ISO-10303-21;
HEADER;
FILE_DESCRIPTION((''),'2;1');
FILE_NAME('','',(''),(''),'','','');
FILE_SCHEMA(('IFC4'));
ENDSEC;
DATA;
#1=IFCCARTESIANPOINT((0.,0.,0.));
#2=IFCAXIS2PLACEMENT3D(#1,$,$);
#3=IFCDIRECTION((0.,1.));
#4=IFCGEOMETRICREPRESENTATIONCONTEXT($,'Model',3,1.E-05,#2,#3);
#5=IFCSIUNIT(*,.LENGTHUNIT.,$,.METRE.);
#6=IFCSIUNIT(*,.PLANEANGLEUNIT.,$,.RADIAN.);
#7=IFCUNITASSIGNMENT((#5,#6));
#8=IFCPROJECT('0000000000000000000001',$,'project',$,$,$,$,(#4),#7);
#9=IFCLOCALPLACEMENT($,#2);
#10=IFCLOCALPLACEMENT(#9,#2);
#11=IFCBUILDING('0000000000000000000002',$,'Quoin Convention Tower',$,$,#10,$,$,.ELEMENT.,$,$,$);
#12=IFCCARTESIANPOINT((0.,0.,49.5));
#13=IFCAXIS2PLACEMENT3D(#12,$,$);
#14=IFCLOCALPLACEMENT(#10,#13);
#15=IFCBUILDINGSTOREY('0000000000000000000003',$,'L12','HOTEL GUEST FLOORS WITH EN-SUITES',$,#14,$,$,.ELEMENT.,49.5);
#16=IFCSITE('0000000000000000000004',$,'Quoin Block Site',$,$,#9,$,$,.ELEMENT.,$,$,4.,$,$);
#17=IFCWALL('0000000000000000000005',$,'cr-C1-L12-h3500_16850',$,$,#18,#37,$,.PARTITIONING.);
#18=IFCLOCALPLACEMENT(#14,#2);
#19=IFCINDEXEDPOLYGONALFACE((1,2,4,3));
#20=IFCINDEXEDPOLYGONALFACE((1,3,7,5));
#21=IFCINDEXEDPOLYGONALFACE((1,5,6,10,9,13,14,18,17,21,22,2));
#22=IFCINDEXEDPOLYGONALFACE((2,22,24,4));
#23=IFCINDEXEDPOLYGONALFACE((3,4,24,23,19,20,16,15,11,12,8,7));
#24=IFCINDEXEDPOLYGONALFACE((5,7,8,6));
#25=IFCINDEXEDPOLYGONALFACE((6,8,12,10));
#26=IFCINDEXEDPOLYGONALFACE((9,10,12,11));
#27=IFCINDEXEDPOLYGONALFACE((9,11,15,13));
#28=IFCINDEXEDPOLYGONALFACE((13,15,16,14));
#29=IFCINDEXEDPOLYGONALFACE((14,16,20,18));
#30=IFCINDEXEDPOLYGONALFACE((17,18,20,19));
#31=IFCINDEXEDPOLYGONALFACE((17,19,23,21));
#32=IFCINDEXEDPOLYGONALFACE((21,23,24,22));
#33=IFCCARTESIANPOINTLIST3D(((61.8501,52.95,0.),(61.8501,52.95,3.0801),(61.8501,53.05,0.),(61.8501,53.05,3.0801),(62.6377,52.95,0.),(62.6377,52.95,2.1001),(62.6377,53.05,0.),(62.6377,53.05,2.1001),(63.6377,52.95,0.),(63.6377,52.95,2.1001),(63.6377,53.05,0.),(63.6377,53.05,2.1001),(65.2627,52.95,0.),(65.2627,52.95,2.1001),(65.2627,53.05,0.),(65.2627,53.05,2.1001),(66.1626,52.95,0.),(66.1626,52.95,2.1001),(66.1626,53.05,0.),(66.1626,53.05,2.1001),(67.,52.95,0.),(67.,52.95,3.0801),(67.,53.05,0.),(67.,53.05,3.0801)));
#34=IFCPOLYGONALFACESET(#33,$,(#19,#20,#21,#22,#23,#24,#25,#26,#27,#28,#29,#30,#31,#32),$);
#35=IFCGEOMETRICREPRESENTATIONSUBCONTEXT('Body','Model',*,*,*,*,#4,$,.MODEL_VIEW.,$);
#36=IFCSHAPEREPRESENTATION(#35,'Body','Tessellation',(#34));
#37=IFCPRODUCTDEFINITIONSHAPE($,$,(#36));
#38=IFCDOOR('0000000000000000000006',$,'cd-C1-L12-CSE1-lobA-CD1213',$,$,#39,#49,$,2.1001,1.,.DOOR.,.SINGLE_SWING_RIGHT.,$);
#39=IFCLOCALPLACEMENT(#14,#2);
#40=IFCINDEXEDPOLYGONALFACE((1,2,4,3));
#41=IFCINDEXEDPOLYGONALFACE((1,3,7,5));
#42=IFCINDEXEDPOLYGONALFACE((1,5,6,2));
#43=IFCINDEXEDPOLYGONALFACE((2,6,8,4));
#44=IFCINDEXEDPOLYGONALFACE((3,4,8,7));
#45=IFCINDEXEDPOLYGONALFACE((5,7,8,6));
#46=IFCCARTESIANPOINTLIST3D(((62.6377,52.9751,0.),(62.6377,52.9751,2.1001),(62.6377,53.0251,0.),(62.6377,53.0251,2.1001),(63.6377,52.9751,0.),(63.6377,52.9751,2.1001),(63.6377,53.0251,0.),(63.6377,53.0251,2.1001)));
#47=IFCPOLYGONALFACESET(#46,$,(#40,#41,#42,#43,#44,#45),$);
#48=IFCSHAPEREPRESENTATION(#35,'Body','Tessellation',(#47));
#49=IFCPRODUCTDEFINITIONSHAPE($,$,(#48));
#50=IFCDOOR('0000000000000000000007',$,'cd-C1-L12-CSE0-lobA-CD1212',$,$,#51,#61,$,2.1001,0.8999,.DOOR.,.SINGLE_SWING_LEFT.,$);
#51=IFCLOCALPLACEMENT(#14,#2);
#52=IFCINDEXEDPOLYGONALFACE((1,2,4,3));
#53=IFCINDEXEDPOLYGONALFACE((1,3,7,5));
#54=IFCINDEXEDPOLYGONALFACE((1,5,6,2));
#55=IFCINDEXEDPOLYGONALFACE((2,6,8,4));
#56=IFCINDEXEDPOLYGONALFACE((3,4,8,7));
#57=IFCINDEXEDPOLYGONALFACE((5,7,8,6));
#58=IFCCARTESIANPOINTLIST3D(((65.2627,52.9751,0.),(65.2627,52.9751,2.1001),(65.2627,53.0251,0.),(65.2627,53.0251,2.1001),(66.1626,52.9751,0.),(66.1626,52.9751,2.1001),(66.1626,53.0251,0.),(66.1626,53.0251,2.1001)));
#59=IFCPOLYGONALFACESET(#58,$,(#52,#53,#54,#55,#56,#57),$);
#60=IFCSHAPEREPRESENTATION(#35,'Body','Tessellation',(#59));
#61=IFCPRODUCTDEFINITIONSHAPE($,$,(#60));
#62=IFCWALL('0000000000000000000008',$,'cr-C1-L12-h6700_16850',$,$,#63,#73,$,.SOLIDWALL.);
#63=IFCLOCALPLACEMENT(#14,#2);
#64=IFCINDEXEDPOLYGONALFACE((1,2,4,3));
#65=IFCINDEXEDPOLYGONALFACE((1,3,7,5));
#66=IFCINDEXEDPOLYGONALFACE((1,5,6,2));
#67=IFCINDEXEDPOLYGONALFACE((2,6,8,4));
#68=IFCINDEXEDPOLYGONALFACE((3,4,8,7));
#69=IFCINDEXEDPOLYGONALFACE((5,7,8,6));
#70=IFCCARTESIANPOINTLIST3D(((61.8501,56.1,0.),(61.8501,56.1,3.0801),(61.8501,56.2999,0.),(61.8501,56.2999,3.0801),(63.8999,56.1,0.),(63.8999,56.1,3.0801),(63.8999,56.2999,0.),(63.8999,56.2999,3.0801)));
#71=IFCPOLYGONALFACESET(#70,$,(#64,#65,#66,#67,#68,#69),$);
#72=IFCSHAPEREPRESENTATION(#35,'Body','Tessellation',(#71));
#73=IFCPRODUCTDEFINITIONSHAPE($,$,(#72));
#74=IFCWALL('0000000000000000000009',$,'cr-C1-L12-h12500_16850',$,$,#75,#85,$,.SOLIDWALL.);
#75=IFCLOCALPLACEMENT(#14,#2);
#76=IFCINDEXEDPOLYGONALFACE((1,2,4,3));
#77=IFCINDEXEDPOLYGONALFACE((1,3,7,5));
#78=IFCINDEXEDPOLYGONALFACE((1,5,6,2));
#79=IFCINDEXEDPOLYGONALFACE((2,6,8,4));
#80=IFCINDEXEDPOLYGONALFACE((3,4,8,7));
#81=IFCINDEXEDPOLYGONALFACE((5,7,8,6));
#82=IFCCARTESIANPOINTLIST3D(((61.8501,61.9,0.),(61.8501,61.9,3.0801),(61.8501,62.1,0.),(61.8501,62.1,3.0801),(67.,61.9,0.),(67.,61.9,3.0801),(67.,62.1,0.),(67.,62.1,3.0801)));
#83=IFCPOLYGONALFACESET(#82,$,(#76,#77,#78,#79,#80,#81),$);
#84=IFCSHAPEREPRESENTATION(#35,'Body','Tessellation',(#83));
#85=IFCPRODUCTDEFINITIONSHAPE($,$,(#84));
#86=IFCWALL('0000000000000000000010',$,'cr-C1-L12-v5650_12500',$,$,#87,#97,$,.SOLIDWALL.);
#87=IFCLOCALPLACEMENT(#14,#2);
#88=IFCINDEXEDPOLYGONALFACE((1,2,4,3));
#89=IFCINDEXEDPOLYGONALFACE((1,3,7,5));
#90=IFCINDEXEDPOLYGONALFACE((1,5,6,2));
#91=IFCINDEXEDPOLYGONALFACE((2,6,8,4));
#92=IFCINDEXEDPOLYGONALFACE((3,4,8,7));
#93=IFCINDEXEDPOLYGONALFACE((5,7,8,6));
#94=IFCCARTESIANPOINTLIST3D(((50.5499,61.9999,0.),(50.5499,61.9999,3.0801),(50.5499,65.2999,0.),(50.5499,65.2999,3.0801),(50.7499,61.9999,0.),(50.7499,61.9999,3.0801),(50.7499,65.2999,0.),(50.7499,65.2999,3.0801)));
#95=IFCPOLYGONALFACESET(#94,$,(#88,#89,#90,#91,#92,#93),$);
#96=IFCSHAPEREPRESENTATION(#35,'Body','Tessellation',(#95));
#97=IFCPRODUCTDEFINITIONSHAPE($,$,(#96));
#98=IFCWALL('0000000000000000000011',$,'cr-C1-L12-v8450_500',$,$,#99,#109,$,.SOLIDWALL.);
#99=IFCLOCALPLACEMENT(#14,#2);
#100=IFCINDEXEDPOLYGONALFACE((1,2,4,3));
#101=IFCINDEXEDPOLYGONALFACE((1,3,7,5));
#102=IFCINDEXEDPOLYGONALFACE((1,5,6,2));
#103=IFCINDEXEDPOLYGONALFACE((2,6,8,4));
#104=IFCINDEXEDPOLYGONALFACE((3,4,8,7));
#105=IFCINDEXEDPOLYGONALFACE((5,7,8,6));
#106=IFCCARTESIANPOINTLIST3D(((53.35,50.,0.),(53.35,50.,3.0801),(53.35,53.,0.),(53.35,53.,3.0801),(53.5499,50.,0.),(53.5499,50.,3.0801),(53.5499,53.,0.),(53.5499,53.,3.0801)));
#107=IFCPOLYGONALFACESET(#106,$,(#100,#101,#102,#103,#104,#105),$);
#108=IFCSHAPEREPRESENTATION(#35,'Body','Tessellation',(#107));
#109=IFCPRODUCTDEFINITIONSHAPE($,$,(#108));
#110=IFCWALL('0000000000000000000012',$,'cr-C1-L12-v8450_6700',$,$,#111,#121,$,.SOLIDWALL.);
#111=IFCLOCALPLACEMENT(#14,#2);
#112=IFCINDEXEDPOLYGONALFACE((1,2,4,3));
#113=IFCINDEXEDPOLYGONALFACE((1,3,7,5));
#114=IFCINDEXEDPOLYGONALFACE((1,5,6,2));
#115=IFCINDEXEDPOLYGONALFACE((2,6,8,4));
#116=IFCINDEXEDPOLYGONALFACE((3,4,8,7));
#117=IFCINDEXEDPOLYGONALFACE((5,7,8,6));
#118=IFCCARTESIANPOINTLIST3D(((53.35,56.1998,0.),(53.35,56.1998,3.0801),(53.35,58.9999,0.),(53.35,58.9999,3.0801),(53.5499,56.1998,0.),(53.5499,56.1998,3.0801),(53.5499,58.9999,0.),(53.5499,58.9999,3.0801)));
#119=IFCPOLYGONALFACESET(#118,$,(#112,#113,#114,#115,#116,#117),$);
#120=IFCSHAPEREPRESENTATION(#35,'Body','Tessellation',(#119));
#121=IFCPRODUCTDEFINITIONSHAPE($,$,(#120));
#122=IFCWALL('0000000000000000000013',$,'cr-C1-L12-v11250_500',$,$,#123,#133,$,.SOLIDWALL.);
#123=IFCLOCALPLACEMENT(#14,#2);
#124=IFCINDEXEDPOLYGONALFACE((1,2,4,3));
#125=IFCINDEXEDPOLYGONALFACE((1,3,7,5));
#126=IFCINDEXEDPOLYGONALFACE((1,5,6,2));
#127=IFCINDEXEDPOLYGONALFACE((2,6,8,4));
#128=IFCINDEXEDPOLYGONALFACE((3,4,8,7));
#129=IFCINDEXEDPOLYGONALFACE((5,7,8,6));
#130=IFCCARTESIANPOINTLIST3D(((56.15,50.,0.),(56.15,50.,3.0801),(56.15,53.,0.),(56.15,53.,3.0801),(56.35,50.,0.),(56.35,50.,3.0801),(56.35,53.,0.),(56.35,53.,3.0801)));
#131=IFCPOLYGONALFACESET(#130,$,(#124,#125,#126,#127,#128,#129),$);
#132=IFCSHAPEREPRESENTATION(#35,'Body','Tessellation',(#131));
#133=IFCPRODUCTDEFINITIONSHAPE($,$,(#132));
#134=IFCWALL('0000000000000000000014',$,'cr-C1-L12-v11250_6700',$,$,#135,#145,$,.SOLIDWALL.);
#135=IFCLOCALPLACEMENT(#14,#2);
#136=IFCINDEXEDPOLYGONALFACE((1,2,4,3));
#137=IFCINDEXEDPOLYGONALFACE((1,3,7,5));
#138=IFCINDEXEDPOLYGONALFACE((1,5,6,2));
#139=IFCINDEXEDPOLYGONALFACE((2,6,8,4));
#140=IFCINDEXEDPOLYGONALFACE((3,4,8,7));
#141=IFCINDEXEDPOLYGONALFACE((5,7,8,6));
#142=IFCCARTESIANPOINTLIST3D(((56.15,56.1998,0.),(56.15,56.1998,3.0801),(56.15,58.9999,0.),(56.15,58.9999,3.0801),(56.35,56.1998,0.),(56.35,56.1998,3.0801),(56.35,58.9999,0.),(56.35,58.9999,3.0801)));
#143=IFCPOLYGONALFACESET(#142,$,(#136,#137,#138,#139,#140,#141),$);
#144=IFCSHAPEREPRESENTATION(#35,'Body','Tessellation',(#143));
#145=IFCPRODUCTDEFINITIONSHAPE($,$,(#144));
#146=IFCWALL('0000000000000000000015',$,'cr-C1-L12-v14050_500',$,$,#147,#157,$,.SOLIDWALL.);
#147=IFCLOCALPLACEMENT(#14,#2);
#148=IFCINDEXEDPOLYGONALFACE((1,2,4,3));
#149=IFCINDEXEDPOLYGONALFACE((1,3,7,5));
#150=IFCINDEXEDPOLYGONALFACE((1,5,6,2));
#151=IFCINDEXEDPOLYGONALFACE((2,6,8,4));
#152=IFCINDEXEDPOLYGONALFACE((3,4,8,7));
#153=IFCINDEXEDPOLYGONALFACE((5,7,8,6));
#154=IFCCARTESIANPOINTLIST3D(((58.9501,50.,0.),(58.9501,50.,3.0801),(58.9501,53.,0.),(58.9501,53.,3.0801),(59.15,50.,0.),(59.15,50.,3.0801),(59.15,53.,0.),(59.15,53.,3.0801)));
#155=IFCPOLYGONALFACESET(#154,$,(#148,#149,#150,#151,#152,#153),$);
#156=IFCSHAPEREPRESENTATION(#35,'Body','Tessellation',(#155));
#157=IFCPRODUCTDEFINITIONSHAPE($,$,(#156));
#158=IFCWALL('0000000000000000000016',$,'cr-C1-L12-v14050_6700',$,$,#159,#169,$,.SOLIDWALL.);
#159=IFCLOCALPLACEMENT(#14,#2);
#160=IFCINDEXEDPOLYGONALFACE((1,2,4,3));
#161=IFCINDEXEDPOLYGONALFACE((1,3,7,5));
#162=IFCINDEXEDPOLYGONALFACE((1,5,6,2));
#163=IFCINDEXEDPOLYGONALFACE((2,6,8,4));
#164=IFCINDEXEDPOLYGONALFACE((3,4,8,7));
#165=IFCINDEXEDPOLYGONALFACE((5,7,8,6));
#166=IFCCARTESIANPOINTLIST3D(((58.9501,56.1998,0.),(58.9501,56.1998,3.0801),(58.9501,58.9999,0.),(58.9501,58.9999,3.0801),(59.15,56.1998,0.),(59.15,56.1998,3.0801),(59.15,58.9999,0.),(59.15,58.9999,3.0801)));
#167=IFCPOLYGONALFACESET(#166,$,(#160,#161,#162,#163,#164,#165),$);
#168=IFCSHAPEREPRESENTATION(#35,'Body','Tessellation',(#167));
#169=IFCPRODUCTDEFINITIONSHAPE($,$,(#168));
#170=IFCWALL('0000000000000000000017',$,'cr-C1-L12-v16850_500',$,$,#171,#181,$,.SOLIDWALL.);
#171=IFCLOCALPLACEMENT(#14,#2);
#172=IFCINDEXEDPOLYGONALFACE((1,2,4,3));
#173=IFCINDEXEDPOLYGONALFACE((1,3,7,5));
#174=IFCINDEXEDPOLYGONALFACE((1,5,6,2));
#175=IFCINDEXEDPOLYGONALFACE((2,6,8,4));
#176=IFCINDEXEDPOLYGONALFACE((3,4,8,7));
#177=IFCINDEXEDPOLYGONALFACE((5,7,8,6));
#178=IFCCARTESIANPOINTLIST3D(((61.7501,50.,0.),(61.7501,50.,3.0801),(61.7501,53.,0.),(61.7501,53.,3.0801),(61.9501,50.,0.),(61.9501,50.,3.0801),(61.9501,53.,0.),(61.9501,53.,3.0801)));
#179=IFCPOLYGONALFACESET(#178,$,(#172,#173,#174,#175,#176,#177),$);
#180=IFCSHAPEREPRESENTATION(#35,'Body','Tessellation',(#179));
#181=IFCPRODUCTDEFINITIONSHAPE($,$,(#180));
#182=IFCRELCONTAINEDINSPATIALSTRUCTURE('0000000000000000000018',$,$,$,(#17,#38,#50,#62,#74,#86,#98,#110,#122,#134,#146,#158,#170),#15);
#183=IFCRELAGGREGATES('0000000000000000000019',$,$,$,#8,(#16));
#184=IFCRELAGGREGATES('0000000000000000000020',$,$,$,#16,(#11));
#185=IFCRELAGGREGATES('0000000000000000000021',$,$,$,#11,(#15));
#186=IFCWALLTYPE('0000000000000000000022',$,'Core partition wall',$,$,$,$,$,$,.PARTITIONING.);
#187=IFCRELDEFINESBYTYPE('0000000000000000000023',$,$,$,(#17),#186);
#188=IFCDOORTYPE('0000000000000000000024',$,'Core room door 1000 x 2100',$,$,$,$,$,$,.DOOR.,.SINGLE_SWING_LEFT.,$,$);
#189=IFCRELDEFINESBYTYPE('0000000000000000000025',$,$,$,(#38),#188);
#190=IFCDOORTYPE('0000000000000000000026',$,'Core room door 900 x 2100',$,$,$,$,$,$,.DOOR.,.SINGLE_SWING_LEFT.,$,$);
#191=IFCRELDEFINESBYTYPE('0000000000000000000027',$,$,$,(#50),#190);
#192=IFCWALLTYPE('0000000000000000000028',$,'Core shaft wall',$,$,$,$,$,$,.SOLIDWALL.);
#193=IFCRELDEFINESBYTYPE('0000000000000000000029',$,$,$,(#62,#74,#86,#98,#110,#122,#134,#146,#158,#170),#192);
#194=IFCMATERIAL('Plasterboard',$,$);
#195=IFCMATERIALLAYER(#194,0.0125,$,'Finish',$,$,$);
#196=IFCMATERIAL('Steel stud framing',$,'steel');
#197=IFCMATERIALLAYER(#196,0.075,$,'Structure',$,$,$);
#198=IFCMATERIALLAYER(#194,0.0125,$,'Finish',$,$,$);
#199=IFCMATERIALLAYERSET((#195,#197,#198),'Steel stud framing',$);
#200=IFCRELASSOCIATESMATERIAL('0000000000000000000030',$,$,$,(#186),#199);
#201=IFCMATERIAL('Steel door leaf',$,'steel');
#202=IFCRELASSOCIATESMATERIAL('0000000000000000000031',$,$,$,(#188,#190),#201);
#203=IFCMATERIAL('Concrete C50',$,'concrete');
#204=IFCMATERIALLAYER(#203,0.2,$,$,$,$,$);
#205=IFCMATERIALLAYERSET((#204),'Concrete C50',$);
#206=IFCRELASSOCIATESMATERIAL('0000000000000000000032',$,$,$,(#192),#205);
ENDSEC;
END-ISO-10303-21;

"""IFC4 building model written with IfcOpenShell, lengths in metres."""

from ifc_helpers import new_model, si_unit, direction, frame, frame_2d, origin, place, context, subcontext, project, spatial, rectangle, extrude, material, layer, layer_set, type_object, element, fill, save


model = new_model("IFC4")

# Units and contexts
model_context = context("Model", 3, precision=1e-05, world=origin(), true_north=direction((0.0, 1.0)))
body_context = subcontext(model_context, "Body", "Model", "MODEL_VIEW")
ifc_project = project(units=[si_unit("LENGTHUNIT", "METRE"), si_unit("PLANEANGLEUNIT", "RADIAN")], contexts=[model_context])

# Site, building, storey
site_placement = place(None, origin())
site = spatial("IfcSite", under=ifc_project, at=site_placement, Name="Quoin Block Site", CompositionType="ELEMENT", RefElevation=4.0)
building_placement = place(site_placement, origin())
building = spatial("IfcBuilding", under=site, at=building_placement, Name="Quoin Convention Tower", CompositionType="ELEMENT")
storey_placement = place(building_placement, frame((0.0, 0.0, 49.5)))
storey = spatial("IfcBuildingStorey", under=building, at=storey_placement, Name="L12", Description="HOTEL GUEST FLOORS WITH EN-SUITES", CompositionType="ELEMENT", Elevation=49.5)

# Wall, openings, doors
ifc_material_1 = material(Name="Plasterboard")
ifc_layer_1 = layer(ifc_material_1, 0.0125, Name="Finish")
ifc_material_2 = material(Name="Steel stud framing", Category="steel")
ifc_layer_2 = layer(ifc_material_2, 0.075, Name="Structure")
ifc_layer_3 = layer(ifc_material_1, 0.0125, Name="Finish")
ifc_layer_set_1 = layer_set([ifc_layer_1, ifc_layer_2, ifc_layer_3], Name="Steel stud framing")
wall_type_1 = type_object("IfcWallType", Name="Core partition wall", PredefinedType="PARTITIONING", material=ifc_layer_set_1)
wall_1_placement = place(storey_placement, frame((61.8501, 53.0, 0.0), z_axis=(0.0, 0.0, 1.0), x_axis=(1.0, 0.0, 0.0)))
wall_1 = element("IfcWall", 1, at=wall_1_placement, inside=storey, type_object=wall_type_1, Name="cr-C1-L12-h3500_16850", PredefinedType="PARTITIONING", context=body_context, shape_type="SweptSolid", body=[
    extrude(rectangle(XDim=5.1499, YDim=0.1001, at=frame_2d((2.575, 0.0))), origin(), (0.0, 0.0, 1.0), 3.0801),
])
opening_1_placement = place(wall_1_placement, frame((3.4126, 0.0, 0.0)))
opening_1 = element("IfcOpeningElement", 2, at=opening_1_placement, cuts=wall_1, PredefinedType="OPENING", context=body_context, shape_type="SweptSolid", body=[
    extrude(rectangle(XDim=0.8999, YDim=2.1001, at=frame_2d((0.45, 1.05))), frame((0.0, 0.0601, 0.0), z_axis=(0.0, -1.0, 0.0), x_axis=(1.0, 0.0, 0.0)), (0.0, 0.0, 1.0), 0.1201),
])
opening_2_placement = place(wall_1_placement, frame((0.7876, 0.0, 0.0)))
opening_2 = element("IfcOpeningElement", 3, at=opening_2_placement, cuts=wall_1, PredefinedType="OPENING", context=body_context, shape_type="SweptSolid", body=[
    extrude(rectangle(XDim=1.0, YDim=2.1001, at=frame_2d((0.5, 1.05))), frame((0.0, 0.0601, 0.0), z_axis=(0.0, -1.0, 0.0), x_axis=(1.0, 0.0, 0.0)), (0.0, 0.0, 1.0), 0.1201),
])
ifc_material_3 = material(Name="Steel door leaf", Category="steel")
door_type_1 = type_object("IfcDoorType", Name="Core room door 1000 x 2100", OperationType="SINGLE_SWING_LEFT", PredefinedType="DOOR", material=ifc_material_3)
door_1_placement = place(opening_2_placement, frame((1.0, 0.0, 0.0), z_axis=(0.0, 0.0, 1.0), x_axis=(-1.0, 0.0, 0.0)))
door_1 = element("IfcDoor", 4, at=door_1_placement, inside=storey, type_object=door_type_1, Name="cd-C1-L12-CSE1-lobA-CD1213", OperationType="SINGLE_SWING_RIGHT", OverallHeight=2.1001, OverallWidth=1.0, PredefinedType="DOOR", context=body_context, shape_type="SweptSolid", body=[
    extrude(rectangle(XDim=1.0, YDim=2.1001, at=frame_2d((0.5, 1.05))), frame((0.0, 0.0249, 0.0), z_axis=(0.0, -1.0, 0.0), x_axis=(1.0, 0.0, 0.0)), (0.0, 0.0, 1.0), 0.05),
])
fill(opening_2, door_1)
door_type_2 = type_object("IfcDoorType", Name="Core room door 900 x 2100", OperationType="SINGLE_SWING_LEFT", PredefinedType="DOOR", material=ifc_material_3)
door_2_placement = place(opening_1_placement, frame((0.8999, 0.0, 0.0), z_axis=(0.0, 0.0, 1.0), x_axis=(-1.0, 0.0, 0.0)))
door_2 = element("IfcDoor", 5, at=door_2_placement, inside=storey, type_object=door_type_2, Name="cd-C1-L12-CSE0-lobA-CD1212", OperationType="SINGLE_SWING_LEFT", OverallHeight=2.1001, OverallWidth=0.8999, PredefinedType="DOOR", context=body_context, shape_type="SweptSolid", body=[
    extrude(rectangle(XDim=0.8999, YDim=2.1001, at=frame_2d((0.45, 1.05))), frame((0.0, 0.0249, 0.0), z_axis=(0.0, -1.0, 0.0), x_axis=(1.0, 0.0, 0.0)), (0.0, 0.0, 1.0), 0.05),
])
fill(opening_1, door_2)

# Walls
ifc_material_4 = material(Name="Concrete C50", Category="concrete")
ifc_layer_4 = layer(ifc_material_4, 0.2)
ifc_layer_set_2 = layer_set([ifc_layer_4], Name="Concrete C50")
wall_type_2 = type_object("IfcWallType", Name="Core shaft wall", PredefinedType="SOLIDWALL", material=ifc_layer_set_2)
wall_2_placement = place(storey_placement, frame((61.8501, 56.2, 0.0), z_axis=(0.0, 0.0, 1.0), x_axis=(1.0, 0.0, 0.0)))
element("IfcWall", 6, at=wall_2_placement, inside=storey, type_object=wall_type_2, Name="cr-C1-L12-h6700_16850", PredefinedType="SOLIDWALL", context=body_context, shape_type="SweptSolid", body=[
    extrude(rectangle(XDim=2.0498, YDim=0.2, at=frame_2d((1.0249, 0.0))), origin(), (0.0, 0.0, 1.0), 3.0801),
])
wall_3_placement = place(storey_placement, frame((61.8501, 62.0, 0.0), z_axis=(0.0, 0.0, 1.0), x_axis=(1.0, 0.0, 0.0)))
element("IfcWall", 7, at=wall_3_placement, inside=storey, type_object=wall_type_2, Name="cr-C1-L12-h12500_16850", PredefinedType="SOLIDWALL", context=body_context, shape_type="SweptSolid", body=[
    extrude(rectangle(XDim=5.1499, YDim=0.2, at=frame_2d((2.575, 0.0))), origin(), (0.0, 0.0, 1.0), 3.0801),
])
wall_4_placement = place(storey_placement, frame((50.6499, 62.0, 0.0), z_axis=(0.0, 0.0, 1.0), x_axis=(0.0, 1.0, 0.0)))
element("IfcWall", 8, at=wall_4_placement, inside=storey, type_object=wall_type_2, Name="cr-C1-L12-v5650_12500", PredefinedType="SOLIDWALL", context=body_context, shape_type="SweptSolid", body=[
    extrude(rectangle(XDim=3.3, YDim=0.2, at=frame_2d((1.6499, 0.0))), origin(), (0.0, 0.0, 1.0), 3.0801),
])
wall_5_placement = place(storey_placement, frame((53.45, 50.0, 0.0), z_axis=(0.0, 0.0, 1.0), x_axis=(0.0, 1.0, 0.0)))
element("IfcWall", 9, at=wall_5_placement, inside=storey, type_object=wall_type_2, Name="cr-C1-L12-v8450_500", PredefinedType="SOLIDWALL", context=body_context, shape_type="SweptSolid", body=[
    extrude(rectangle(XDim=3.0, YDim=0.2, at=frame_2d((1.5, 0.0))), origin(), (0.0, 0.0, 1.0), 3.0801),
])
wall_6_placement = place(storey_placement, frame((53.45, 56.2, 0.0), z_axis=(0.0, 0.0, 1.0), x_axis=(0.0, 1.0, 0.0)))
element("IfcWall", 10, at=wall_6_placement, inside=storey, type_object=wall_type_2, Name="cr-C1-L12-v8450_6700", PredefinedType="SOLIDWALL", context=body_context, shape_type="SweptSolid", body=[
    extrude(rectangle(XDim=2.8, YDim=0.2, at=frame_2d((1.3999, 0.0))), origin(), (0.0, 0.0, 1.0), 3.0801),
])
wall_7_placement = place(storey_placement, frame((56.25, 50.0, 0.0), z_axis=(0.0, 0.0, 1.0), x_axis=(0.0, 1.0, 0.0)))
element("IfcWall", 11, at=wall_7_placement, inside=storey, type_object=wall_type_2, Name="cr-C1-L12-v11250_500", PredefinedType="SOLIDWALL", context=body_context, shape_type="SweptSolid", body=[
    extrude(rectangle(XDim=3.0, YDim=0.2, at=frame_2d((1.5, 0.0))), origin(), (0.0, 0.0, 1.0), 3.0801),
])
wall_8_placement = place(storey_placement, frame((56.25, 56.2, 0.0), z_axis=(0.0, 0.0, 1.0), x_axis=(0.0, 1.0, 0.0)))
element("IfcWall", 12, at=wall_8_placement, inside=storey, type_object=wall_type_2, Name="cr-C1-L12-v11250_6700", PredefinedType="SOLIDWALL", context=body_context, shape_type="SweptSolid", body=[
    extrude(rectangle(XDim=2.8, YDim=0.2, at=frame_2d((1.3999, 0.0))), origin(), (0.0, 0.0, 1.0), 3.0801),
])
wall_9_placement = place(storey_placement, frame((59.05, 50.0, 0.0), z_axis=(0.0, 0.0, 1.0), x_axis=(0.0, 1.0, 0.0)))
element("IfcWall", 13, at=wall_9_placement, inside=storey, type_object=wall_type_2, Name="cr-C1-L12-v14050_500", PredefinedType="SOLIDWALL", context=body_context, shape_type="SweptSolid", body=[
    extrude(rectangle(XDim=3.0, YDim=0.2, at=frame_2d((1.5, 0.0))), origin(), (0.0, 0.0, 1.0), 3.0801),
])
wall_10_placement = place(storey_placement, frame((59.05, 56.2, 0.0), z_axis=(0.0, 0.0, 1.0), x_axis=(0.0, 1.0, 0.0)))
element("IfcWall", 14, at=wall_10_placement, inside=storey, type_object=wall_type_2, Name="cr-C1-L12-v14050_6700", PredefinedType="SOLIDWALL", context=body_context, shape_type="SweptSolid", body=[
    extrude(rectangle(XDim=2.8, YDim=0.2, at=frame_2d((1.3999, 0.0))), origin(), (0.0, 0.0, 1.0), 3.0801),
])
wall_11_placement = place(storey_placement, frame((61.8501, 50.0, 0.0), z_axis=(0.0, 0.0, 1.0), x_axis=(0.0, 1.0, 0.0)))
element("IfcWall", 15, at=wall_11_placement, inside=storey, type_object=wall_type_2, Name="cr-C1-L12-v16850_500", PredefinedType="SOLIDWALL", context=body_context, shape_type="SweptSolid", body=[
    extrude(rectangle(XDim=3.0, YDim=0.2, at=frame_2d((1.5, 0.0))), origin(), (0.0, 0.0, 1.0), 3.0801),
])

save(model, "model.ifc")
